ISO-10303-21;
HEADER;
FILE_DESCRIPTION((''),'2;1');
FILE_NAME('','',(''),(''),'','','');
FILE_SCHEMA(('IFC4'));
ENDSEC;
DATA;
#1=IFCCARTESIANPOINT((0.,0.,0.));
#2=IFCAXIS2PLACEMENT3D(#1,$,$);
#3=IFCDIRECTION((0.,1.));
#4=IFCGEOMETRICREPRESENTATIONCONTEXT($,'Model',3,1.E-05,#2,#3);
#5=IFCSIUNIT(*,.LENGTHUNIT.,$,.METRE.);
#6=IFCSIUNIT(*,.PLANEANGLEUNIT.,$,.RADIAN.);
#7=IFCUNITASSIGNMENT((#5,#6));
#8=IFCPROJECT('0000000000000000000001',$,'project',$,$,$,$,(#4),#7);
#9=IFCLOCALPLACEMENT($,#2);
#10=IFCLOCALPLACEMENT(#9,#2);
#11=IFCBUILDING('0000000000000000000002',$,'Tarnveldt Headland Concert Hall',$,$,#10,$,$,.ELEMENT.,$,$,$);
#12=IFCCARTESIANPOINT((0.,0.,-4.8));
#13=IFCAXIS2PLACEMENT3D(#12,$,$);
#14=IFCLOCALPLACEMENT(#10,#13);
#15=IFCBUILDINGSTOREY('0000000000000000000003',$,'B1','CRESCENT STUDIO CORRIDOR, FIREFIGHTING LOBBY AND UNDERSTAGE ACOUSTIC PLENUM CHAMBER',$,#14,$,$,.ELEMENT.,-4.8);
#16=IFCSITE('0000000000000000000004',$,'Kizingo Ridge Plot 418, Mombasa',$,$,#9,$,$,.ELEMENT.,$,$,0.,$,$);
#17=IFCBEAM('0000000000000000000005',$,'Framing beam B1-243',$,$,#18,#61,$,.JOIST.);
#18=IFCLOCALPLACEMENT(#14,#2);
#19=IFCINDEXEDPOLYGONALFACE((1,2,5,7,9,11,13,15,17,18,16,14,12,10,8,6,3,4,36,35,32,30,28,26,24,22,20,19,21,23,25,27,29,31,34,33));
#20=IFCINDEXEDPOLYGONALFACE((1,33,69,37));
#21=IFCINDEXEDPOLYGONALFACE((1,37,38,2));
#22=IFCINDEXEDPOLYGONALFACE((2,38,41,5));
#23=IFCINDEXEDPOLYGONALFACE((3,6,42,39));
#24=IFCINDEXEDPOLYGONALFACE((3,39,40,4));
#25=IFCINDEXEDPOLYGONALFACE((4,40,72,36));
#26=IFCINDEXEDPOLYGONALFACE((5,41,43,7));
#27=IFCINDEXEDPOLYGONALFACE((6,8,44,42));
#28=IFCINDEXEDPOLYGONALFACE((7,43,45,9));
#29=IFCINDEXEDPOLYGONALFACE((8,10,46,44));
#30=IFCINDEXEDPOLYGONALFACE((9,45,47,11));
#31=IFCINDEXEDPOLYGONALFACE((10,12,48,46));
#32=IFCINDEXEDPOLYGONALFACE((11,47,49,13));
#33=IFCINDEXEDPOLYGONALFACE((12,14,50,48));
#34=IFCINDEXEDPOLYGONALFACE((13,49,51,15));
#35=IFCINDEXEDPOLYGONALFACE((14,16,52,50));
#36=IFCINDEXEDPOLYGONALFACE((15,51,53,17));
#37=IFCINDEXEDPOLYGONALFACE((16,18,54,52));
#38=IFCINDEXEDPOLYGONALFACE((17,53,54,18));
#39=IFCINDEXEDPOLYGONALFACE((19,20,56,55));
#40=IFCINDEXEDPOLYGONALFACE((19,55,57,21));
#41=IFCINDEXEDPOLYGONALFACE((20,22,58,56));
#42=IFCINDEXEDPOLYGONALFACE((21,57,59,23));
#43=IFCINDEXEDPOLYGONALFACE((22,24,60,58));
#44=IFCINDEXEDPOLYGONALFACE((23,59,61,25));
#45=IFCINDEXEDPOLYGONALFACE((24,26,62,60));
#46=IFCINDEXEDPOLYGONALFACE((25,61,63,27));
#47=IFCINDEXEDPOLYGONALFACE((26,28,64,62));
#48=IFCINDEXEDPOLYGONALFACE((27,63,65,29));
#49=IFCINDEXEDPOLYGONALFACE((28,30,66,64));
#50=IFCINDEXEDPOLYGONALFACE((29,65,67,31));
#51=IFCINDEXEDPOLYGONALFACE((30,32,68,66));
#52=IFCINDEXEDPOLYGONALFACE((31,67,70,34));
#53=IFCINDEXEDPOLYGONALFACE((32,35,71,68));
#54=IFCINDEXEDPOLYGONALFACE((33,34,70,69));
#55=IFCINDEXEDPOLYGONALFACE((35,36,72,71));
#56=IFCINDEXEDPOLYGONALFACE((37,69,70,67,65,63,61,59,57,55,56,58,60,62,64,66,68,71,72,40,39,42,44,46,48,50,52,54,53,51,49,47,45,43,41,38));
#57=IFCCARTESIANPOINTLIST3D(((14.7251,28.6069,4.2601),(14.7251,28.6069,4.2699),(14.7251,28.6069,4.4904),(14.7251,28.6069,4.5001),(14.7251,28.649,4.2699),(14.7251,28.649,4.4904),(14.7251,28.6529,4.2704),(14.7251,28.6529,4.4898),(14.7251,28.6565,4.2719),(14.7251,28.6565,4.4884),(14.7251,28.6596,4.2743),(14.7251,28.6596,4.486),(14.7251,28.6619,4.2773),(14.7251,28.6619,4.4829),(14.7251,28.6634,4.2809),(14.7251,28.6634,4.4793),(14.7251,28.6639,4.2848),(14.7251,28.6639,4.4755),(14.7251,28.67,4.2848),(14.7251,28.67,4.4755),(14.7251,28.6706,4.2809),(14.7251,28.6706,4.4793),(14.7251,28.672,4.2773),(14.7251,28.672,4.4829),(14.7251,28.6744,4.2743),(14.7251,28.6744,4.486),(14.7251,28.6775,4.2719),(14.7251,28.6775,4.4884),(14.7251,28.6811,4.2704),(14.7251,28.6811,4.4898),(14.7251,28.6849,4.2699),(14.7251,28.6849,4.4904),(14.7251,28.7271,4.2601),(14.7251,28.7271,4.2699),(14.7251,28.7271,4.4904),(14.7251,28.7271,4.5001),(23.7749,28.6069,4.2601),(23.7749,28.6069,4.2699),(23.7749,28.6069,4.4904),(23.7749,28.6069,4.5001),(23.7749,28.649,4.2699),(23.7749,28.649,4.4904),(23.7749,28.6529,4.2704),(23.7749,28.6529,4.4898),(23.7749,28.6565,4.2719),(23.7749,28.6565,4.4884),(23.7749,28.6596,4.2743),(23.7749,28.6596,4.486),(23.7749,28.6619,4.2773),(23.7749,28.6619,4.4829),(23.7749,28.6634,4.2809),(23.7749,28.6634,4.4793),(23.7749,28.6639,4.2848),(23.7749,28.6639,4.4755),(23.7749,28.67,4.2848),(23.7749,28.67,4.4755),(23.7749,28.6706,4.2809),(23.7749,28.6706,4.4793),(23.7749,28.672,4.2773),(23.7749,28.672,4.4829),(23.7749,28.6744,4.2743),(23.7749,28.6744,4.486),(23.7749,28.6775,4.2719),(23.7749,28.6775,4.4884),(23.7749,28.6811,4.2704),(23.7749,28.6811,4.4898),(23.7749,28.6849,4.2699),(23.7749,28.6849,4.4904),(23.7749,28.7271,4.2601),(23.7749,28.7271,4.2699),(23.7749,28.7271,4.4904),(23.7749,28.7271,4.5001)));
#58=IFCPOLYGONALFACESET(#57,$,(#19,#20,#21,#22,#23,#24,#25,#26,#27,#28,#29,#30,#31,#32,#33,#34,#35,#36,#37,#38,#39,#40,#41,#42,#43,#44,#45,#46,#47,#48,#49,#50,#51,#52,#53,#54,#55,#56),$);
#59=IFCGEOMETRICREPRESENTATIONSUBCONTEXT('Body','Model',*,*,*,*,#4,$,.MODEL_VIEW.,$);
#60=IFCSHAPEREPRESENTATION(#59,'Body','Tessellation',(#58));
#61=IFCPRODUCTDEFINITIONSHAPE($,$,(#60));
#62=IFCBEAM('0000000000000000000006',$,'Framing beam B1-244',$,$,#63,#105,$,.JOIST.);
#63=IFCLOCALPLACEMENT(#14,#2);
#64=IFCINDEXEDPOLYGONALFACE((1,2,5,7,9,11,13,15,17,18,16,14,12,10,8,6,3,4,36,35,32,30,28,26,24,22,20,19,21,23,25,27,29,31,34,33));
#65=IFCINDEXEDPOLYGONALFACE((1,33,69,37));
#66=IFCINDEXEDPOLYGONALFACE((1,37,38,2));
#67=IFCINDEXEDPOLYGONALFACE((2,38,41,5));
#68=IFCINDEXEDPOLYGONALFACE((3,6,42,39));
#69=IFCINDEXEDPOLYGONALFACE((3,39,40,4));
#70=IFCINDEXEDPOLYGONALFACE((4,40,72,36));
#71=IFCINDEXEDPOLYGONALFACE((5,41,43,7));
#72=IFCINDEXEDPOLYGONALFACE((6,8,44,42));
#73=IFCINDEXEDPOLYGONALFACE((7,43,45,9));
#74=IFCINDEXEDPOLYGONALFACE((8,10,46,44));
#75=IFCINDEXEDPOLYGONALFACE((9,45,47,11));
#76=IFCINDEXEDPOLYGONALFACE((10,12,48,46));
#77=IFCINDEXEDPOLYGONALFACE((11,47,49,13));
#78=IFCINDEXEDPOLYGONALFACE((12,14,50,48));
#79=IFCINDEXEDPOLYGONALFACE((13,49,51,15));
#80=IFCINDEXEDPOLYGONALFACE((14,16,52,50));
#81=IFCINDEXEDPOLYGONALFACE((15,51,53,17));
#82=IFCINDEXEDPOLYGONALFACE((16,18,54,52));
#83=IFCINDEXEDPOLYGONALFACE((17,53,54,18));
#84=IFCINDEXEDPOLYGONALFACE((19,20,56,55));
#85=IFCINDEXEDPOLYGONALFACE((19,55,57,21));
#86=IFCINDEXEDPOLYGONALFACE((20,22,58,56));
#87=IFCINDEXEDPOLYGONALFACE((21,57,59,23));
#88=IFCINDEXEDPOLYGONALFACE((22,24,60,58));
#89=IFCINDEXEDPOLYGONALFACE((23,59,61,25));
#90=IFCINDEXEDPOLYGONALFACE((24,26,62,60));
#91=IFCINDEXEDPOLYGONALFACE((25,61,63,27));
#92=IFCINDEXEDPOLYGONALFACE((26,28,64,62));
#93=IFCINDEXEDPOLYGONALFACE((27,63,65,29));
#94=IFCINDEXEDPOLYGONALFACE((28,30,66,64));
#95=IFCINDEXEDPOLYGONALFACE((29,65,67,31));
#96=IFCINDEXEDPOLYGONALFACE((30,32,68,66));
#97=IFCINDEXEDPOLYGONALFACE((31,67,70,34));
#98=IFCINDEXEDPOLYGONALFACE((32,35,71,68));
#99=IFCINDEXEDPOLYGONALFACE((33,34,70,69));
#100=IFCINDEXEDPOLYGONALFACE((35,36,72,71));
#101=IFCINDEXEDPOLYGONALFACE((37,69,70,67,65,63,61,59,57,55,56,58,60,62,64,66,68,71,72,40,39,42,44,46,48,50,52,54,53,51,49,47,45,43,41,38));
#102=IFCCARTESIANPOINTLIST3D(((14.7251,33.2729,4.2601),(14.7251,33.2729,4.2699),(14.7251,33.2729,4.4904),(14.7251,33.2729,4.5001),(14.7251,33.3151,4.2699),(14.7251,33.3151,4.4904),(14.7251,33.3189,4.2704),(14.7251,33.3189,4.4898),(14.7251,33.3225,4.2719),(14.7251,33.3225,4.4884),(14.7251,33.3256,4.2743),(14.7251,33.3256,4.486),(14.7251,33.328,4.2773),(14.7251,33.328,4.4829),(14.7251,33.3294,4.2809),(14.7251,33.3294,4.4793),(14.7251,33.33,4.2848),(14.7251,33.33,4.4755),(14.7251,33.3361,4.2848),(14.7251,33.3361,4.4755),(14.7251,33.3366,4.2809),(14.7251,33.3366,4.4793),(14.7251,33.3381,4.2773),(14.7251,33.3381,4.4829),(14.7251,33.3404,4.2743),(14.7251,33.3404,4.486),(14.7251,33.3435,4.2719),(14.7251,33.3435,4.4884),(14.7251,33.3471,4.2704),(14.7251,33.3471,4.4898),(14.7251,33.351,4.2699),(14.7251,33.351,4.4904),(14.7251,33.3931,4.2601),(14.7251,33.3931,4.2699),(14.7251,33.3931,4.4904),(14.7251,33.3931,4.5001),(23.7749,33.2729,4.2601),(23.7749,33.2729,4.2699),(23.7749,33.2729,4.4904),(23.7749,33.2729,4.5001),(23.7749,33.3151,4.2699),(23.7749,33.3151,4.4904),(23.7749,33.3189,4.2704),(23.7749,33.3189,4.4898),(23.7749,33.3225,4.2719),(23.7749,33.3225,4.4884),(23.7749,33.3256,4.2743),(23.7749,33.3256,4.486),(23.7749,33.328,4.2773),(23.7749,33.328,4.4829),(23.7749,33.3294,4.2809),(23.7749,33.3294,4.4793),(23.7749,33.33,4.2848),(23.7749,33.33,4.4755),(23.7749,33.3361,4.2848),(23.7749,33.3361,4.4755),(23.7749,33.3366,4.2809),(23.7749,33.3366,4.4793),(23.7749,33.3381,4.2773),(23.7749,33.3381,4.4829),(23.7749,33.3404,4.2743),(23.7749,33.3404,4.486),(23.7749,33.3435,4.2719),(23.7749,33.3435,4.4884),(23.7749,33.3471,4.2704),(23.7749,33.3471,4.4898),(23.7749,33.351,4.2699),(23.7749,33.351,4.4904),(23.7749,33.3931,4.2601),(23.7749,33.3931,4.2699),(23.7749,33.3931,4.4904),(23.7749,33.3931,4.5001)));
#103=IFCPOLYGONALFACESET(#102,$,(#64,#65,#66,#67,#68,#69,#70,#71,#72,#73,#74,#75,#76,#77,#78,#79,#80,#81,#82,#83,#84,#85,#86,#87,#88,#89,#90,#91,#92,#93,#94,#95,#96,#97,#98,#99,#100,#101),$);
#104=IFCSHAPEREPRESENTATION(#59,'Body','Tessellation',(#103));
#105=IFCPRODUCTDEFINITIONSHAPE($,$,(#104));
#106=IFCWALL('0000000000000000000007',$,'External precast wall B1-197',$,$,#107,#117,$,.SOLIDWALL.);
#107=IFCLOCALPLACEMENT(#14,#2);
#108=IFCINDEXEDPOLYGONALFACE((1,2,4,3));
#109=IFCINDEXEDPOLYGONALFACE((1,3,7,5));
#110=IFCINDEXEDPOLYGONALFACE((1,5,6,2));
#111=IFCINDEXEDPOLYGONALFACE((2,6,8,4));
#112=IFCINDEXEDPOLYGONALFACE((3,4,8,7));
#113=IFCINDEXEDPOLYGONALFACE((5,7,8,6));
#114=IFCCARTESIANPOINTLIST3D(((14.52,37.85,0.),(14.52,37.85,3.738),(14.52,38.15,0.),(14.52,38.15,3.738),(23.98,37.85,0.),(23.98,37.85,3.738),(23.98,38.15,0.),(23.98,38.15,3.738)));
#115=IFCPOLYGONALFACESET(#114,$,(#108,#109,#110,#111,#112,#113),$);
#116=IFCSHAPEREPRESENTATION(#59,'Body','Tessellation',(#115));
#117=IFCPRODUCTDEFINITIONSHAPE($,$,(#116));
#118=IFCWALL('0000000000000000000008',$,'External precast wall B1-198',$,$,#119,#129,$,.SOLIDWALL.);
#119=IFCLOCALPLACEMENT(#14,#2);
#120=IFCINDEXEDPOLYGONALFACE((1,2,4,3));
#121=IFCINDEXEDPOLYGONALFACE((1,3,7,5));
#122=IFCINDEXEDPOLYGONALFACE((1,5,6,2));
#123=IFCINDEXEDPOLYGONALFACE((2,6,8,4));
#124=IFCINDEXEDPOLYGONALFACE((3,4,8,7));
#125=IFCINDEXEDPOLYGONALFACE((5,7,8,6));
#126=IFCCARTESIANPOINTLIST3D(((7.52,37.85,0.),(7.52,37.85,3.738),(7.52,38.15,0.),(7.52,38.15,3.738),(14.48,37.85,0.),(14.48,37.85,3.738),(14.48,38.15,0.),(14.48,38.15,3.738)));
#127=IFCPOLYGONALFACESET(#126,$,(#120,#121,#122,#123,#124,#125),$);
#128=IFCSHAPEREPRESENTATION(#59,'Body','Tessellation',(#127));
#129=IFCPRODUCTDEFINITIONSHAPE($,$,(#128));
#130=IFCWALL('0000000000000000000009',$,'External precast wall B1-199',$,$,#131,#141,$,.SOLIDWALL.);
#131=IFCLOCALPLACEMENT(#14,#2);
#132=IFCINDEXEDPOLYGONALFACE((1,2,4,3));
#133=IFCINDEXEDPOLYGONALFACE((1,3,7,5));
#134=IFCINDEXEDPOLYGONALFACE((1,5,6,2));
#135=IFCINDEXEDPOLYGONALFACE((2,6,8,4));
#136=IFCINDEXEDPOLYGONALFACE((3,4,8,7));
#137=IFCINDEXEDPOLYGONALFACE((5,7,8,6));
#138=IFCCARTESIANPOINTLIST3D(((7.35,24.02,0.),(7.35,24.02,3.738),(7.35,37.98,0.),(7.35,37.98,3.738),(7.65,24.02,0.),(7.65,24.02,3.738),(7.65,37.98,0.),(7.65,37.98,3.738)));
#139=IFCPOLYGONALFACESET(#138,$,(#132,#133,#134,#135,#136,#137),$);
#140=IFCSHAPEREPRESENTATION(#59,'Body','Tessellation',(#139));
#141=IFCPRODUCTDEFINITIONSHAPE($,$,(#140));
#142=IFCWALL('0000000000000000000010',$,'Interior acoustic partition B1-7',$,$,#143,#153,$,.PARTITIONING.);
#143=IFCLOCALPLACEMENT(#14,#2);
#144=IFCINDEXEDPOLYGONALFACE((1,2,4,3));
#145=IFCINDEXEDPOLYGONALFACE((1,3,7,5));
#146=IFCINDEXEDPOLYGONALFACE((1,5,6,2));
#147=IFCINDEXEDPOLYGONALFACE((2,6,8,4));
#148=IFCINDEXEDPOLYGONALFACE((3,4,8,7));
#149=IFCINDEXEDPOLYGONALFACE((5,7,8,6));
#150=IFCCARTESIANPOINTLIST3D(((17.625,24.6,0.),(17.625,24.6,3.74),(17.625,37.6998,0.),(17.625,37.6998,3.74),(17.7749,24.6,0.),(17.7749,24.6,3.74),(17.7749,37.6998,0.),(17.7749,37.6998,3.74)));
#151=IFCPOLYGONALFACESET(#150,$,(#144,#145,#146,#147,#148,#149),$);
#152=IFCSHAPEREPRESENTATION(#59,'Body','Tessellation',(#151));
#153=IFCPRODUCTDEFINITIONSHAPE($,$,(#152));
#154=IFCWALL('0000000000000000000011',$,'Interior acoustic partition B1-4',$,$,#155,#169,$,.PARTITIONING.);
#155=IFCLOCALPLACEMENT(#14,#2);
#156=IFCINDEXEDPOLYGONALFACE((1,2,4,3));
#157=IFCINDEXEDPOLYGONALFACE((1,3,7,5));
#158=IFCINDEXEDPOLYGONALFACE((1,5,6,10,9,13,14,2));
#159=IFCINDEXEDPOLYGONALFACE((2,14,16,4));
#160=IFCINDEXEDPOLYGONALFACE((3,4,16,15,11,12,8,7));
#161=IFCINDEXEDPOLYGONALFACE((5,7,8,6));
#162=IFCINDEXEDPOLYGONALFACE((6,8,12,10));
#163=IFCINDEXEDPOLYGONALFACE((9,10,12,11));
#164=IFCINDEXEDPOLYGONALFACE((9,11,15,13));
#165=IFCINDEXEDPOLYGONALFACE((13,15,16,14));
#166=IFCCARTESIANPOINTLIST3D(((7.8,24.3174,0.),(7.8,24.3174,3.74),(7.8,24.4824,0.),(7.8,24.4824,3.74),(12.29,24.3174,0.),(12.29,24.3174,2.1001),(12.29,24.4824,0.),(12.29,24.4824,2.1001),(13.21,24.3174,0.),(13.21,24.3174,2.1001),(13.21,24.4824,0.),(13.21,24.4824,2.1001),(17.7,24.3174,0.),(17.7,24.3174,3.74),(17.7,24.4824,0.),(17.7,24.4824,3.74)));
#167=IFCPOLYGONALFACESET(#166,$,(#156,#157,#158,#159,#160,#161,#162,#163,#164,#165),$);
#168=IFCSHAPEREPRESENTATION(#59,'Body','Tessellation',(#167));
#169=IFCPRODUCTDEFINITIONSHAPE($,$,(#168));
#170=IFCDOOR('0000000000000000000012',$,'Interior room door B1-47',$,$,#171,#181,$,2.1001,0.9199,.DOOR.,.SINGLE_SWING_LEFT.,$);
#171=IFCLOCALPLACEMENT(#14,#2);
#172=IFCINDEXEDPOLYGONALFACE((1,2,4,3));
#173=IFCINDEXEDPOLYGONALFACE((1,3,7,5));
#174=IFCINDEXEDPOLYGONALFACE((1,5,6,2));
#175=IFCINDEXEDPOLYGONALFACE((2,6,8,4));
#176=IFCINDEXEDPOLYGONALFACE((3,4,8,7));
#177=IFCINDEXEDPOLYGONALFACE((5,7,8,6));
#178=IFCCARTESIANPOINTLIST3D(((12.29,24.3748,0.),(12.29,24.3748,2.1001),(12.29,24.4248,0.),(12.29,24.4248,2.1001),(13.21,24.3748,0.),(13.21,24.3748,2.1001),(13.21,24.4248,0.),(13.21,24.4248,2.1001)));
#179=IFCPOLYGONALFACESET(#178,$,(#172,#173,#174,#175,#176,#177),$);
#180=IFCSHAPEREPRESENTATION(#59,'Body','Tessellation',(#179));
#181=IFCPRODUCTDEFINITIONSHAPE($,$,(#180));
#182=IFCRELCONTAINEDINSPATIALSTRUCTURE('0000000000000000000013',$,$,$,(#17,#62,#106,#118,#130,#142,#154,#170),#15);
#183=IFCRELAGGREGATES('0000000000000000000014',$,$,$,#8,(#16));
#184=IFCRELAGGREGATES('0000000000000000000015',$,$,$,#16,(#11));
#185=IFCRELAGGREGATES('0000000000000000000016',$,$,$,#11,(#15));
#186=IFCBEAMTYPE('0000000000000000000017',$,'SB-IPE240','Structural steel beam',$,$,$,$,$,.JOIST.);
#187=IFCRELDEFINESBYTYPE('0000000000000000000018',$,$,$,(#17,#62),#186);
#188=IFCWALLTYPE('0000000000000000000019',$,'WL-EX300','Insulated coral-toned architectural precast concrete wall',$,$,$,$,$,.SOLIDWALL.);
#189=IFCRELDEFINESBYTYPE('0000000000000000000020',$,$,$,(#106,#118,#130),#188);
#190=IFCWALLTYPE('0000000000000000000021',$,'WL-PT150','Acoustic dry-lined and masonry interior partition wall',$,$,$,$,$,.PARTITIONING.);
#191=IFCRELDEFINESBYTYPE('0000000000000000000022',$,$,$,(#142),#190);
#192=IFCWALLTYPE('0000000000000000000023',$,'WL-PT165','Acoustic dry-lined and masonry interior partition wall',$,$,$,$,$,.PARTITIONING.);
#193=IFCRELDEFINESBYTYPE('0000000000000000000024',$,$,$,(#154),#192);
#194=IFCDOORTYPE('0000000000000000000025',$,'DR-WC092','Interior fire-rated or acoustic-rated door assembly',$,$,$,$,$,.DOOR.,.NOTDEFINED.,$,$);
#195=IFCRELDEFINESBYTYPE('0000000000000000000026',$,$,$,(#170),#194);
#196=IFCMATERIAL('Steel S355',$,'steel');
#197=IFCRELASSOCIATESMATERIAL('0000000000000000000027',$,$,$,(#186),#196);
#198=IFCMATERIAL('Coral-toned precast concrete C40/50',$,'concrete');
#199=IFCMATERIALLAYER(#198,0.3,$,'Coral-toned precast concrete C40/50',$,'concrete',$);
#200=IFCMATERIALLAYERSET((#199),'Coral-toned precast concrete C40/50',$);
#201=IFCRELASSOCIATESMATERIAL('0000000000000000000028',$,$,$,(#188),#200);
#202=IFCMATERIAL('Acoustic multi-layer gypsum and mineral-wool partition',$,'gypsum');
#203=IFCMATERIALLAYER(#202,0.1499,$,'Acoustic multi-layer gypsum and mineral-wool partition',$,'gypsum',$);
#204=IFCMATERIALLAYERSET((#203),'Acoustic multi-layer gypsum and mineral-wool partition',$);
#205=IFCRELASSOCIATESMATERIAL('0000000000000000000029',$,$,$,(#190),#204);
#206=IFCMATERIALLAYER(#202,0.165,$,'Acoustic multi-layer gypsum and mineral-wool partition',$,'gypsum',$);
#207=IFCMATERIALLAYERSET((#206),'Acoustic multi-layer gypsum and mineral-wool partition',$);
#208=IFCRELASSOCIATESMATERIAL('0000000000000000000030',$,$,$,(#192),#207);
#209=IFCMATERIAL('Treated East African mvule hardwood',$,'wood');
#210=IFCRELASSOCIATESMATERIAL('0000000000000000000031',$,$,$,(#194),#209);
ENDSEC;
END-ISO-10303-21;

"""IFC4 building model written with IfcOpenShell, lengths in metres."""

from ifc_helpers import new_model, si_unit, direction, frame, frame_2d, origin, origin_2d, place, context, subcontext, project, spatial, rectangle, i_section, extrude, material, layer, layer_set, material_profile, profile_set, type_object, element, fill, save


model = new_model("IFC4")

# Units and contexts
model_context = context("Model", 3, precision=1e-05, world=origin(), true_north=direction((0.0, 1.0)))
body_context = subcontext(model_context, "Body", "Model", "MODEL_VIEW")
ifc_project = project(units=[si_unit("LENGTHUNIT", "METRE"), si_unit("PLANEANGLEUNIT", "RADIAN")], contexts=[model_context])

# Site, building, storey
site_placement = place(None, origin())
site = spatial("IfcSite", under=ifc_project, at=site_placement, Name="Kizingo Ridge Plot 418, Mombasa", CompositionType="ELEMENT", RefElevation=0.0)
building_placement = place(site_placement, origin())
building = spatial("IfcBuilding", under=site, at=building_placement, Name="Tarnveldt Headland Concert Hall", CompositionType="ELEMENT")
storey_placement = place(building_placement, frame((0.0, 0.0, -4.8)))
storey = spatial("IfcBuildingStorey", under=building, at=storey_placement, Name="B1", Description="CRESCENT STUDIO CORRIDOR, FIREFIGHTING LOBBY AND UNDERSTAGE ACOUSTIC PLENUM CHAMBER", CompositionType="ELEMENT", Elevation=-4.8)

# Shared definitions
ifc_material_1 = material(Name="Steel S355", Category="steel")

# Beams
ifc_material_profile_1 = material_profile(ifc_material_1, i_section(OverallWidth=0.1201, OverallDepth=0.24, WebThickness=0.0061, FlangeThickness=0.0098, FilletRadius=0.0149, at=origin_2d()), Name="IPE240", Category="steel")
ifc_profile_set_1 = profile_set([ifc_material_profile_1], Name="Steel S355")
beam_type_1 = type_object("IfcBeamType", Name="SB-IPE240", Description="Structural steel beam", PredefinedType="JOIST", material=ifc_profile_set_1)
for number, where, z_axis, x_axis, name in (
    (1, (14.7251, 28.667, 4.3801), (1.0, 0.0, 0.0), (0.0, 1.0, 0.0), "Framing beam B1-243"),
    (2, (14.7251, 33.333, 4.3801), (1.0, 0.0, 0.0), (0.0, 1.0, 0.0), "Framing beam B1-244"),
):
    element("IfcBeam", number, at=place(storey_placement, frame(where, z_axis=z_axis, x_axis=x_axis)), inside=storey, type_object=beam_type_1, Name=name, PredefinedType="JOIST", context=body_context, shape_type="SweptSolid", body=[
        extrude(i_section(OverallWidth=0.1201, OverallDepth=0.24, WebThickness=0.0061, FlangeThickness=0.0098, FilletRadius=0.0149, at=origin_2d()), origin(), (0.0, 0.0, 1.0), 9.0498),
    ])

# Walls
ifc_material_2 = material(Name="Coral-toned precast concrete C40/50", Category="concrete")
ifc_layer_1 = layer(ifc_material_2, 0.3, Name="Coral-toned precast concrete C40/50", Category="concrete")
ifc_layer_set_1 = layer_set([ifc_layer_1], Name="Coral-toned precast concrete C40/50")
wall_type_1 = type_object("IfcWallType", Name="WL-EX300", Description="Insulated coral-toned architectural precast concrete wall", PredefinedType="SOLIDWALL", material=ifc_layer_set_1)
wall_1_placement = place(storey_placement, frame((14.52, 38.0, 0.0), z_axis=(0.0, 0.0, 1.0), x_axis=(1.0, 0.0, 0.0)))
element("IfcWall", 3, at=wall_1_placement, inside=storey, type_object=wall_type_1, Name="External precast wall B1-197", PredefinedType="SOLIDWALL", context=body_context, shape_type="SweptSolid", body=[
    extrude(rectangle(XDim=9.46, YDim=0.3, at=frame_2d((4.73, 0.0))), origin(), (0.0, 0.0, 1.0), 3.738),
])
wall_2_placement = place(storey_placement, frame((7.52, 38.0, 0.0), z_axis=(0.0, 0.0, 1.0), x_axis=(1.0, 0.0, 0.0)))
element("IfcWall", 4, at=wall_2_placement, inside=storey, type_object=wall_type_1, Name="External precast wall B1-198", PredefinedType="SOLIDWALL", context=body_context, shape_type="SweptSolid", body=[
    extrude(rectangle(XDim=6.96, YDim=0.3, at=frame_2d((3.48, 0.0))), origin(), (0.0, 0.0, 1.0), 3.738),
])
wall_3_placement = place(storey_placement, frame((7.5, 24.02, 0.0), z_axis=(0.0, 0.0, 1.0), x_axis=(0.0, 1.0, 0.0)))
element("IfcWall", 5, at=wall_3_placement, inside=storey, type_object=wall_type_1, Name="External precast wall B1-199", PredefinedType="SOLIDWALL", context=body_context, shape_type="SweptSolid", body=[
    extrude(rectangle(XDim=13.96, YDim=0.3, at=frame_2d((6.98, 0.0))), origin(), (0.0, 0.0, 1.0), 3.738),
])
ifc_material_3 = material(Name="Acoustic multi-layer gypsum and mineral-wool partition", Category="gypsum")
ifc_layer_2 = layer(ifc_material_3, 0.1499, Name="Acoustic multi-layer gypsum and mineral-wool partition", Category="gypsum")
ifc_layer_set_2 = layer_set([ifc_layer_2], Name="Acoustic multi-layer gypsum and mineral-wool partition")
wall_type_2 = type_object("IfcWallType", Name="WL-PT150", Description="Acoustic dry-lined and masonry interior partition wall", PredefinedType="PARTITIONING", material=ifc_layer_set_2)
wall_4_placement = place(storey_placement, frame((17.7, 24.6001, 0.0), z_axis=(0.0, 0.0, 1.0), x_axis=(0.0, 1.0, 0.0)))
element("IfcWall", 6, at=wall_4_placement, inside=storey, type_object=wall_type_2, Name="Interior acoustic partition B1-7", PredefinedType="PARTITIONING", context=body_context, shape_type="SweptSolid", body=[
    extrude(rectangle(XDim=13.0999, YDim=0.1499, at=frame_2d((6.5498, 0.0))), origin(), (0.0, 0.0, 1.0), 3.74),
])

# Wall, opening, door
ifc_layer_3 = layer(ifc_material_3, 0.165, Name="Acoustic multi-layer gypsum and mineral-wool partition", Category="gypsum")
ifc_layer_set_3 = layer_set([ifc_layer_3], Name="Acoustic multi-layer gypsum and mineral-wool partition")
wall_type_3 = type_object("IfcWallType", Name="WL-PT165", Description="Acoustic dry-lined and masonry interior partition wall", PredefinedType="PARTITIONING", material=ifc_layer_set_3)
wall_5_placement = place(storey_placement, frame((7.8, 24.3999, 0.0), z_axis=(0.0, 0.0, 1.0), x_axis=(1.0, 0.0, 0.0)))
wall_5 = element("IfcWall", 7, at=wall_5_placement, inside=storey, type_object=wall_type_3, Name="Interior acoustic partition B1-4", PredefinedType="PARTITIONING", context=body_context, shape_type="SweptSolid", body=[
    extrude(rectangle(XDim=9.8999, YDim=0.165, at=frame_2d((4.95, 0.0))), origin(), (0.0, 0.0, 1.0), 3.74),
])
opening_1_placement = place(wall_5_placement, frame((4.49, 0.0, 0.0)))
opening_1 = element("IfcOpeningElement", 8, at=opening_1_placement, cuts=wall_5, PredefinedType="OPENING", context=body_context, shape_type="SweptSolid", body=[
    extrude(rectangle(XDim=0.9199, YDim=2.1001, at=frame_2d((0.46, 1.05))), frame((0.0, 0.0925, 0.0), z_axis=(0.0, -1.0, 0.0), x_axis=(1.0, 0.0, 0.0)), (0.0, 0.0, 1.0), 0.1851),
])
ifc_material_4 = material(Name="Treated East African mvule hardwood", Category="wood")
door_type_1 = type_object("IfcDoorType", Name="DR-WC092", Description="Interior fire-rated or acoustic-rated door assembly", OperationType="NOTDEFINED", PredefinedType="DOOR", material=ifc_material_4)
door_1_placement = place(opening_1_placement, origin())
door_1 = element("IfcDoor", 9, at=door_1_placement, inside=storey, type_object=door_type_1, Name="Interior room door B1-47", OperationType="SINGLE_SWING_LEFT", OverallHeight=2.1001, OverallWidth=0.9199, PredefinedType="DOOR", context=body_context, shape_type="SweptSolid", body=[
    extrude(rectangle(XDim=0.9199, YDim=2.1001, at=frame_2d((0.46, 1.05))), frame((0.0, 0.0249, 0.0), z_axis=(0.0, -1.0, 0.0), x_axis=(1.0, 0.0, 0.0)), (0.0, 0.0, 1.0), 0.05),
])
fill(opening_1, door_1)

save(model, "model.ifc")
